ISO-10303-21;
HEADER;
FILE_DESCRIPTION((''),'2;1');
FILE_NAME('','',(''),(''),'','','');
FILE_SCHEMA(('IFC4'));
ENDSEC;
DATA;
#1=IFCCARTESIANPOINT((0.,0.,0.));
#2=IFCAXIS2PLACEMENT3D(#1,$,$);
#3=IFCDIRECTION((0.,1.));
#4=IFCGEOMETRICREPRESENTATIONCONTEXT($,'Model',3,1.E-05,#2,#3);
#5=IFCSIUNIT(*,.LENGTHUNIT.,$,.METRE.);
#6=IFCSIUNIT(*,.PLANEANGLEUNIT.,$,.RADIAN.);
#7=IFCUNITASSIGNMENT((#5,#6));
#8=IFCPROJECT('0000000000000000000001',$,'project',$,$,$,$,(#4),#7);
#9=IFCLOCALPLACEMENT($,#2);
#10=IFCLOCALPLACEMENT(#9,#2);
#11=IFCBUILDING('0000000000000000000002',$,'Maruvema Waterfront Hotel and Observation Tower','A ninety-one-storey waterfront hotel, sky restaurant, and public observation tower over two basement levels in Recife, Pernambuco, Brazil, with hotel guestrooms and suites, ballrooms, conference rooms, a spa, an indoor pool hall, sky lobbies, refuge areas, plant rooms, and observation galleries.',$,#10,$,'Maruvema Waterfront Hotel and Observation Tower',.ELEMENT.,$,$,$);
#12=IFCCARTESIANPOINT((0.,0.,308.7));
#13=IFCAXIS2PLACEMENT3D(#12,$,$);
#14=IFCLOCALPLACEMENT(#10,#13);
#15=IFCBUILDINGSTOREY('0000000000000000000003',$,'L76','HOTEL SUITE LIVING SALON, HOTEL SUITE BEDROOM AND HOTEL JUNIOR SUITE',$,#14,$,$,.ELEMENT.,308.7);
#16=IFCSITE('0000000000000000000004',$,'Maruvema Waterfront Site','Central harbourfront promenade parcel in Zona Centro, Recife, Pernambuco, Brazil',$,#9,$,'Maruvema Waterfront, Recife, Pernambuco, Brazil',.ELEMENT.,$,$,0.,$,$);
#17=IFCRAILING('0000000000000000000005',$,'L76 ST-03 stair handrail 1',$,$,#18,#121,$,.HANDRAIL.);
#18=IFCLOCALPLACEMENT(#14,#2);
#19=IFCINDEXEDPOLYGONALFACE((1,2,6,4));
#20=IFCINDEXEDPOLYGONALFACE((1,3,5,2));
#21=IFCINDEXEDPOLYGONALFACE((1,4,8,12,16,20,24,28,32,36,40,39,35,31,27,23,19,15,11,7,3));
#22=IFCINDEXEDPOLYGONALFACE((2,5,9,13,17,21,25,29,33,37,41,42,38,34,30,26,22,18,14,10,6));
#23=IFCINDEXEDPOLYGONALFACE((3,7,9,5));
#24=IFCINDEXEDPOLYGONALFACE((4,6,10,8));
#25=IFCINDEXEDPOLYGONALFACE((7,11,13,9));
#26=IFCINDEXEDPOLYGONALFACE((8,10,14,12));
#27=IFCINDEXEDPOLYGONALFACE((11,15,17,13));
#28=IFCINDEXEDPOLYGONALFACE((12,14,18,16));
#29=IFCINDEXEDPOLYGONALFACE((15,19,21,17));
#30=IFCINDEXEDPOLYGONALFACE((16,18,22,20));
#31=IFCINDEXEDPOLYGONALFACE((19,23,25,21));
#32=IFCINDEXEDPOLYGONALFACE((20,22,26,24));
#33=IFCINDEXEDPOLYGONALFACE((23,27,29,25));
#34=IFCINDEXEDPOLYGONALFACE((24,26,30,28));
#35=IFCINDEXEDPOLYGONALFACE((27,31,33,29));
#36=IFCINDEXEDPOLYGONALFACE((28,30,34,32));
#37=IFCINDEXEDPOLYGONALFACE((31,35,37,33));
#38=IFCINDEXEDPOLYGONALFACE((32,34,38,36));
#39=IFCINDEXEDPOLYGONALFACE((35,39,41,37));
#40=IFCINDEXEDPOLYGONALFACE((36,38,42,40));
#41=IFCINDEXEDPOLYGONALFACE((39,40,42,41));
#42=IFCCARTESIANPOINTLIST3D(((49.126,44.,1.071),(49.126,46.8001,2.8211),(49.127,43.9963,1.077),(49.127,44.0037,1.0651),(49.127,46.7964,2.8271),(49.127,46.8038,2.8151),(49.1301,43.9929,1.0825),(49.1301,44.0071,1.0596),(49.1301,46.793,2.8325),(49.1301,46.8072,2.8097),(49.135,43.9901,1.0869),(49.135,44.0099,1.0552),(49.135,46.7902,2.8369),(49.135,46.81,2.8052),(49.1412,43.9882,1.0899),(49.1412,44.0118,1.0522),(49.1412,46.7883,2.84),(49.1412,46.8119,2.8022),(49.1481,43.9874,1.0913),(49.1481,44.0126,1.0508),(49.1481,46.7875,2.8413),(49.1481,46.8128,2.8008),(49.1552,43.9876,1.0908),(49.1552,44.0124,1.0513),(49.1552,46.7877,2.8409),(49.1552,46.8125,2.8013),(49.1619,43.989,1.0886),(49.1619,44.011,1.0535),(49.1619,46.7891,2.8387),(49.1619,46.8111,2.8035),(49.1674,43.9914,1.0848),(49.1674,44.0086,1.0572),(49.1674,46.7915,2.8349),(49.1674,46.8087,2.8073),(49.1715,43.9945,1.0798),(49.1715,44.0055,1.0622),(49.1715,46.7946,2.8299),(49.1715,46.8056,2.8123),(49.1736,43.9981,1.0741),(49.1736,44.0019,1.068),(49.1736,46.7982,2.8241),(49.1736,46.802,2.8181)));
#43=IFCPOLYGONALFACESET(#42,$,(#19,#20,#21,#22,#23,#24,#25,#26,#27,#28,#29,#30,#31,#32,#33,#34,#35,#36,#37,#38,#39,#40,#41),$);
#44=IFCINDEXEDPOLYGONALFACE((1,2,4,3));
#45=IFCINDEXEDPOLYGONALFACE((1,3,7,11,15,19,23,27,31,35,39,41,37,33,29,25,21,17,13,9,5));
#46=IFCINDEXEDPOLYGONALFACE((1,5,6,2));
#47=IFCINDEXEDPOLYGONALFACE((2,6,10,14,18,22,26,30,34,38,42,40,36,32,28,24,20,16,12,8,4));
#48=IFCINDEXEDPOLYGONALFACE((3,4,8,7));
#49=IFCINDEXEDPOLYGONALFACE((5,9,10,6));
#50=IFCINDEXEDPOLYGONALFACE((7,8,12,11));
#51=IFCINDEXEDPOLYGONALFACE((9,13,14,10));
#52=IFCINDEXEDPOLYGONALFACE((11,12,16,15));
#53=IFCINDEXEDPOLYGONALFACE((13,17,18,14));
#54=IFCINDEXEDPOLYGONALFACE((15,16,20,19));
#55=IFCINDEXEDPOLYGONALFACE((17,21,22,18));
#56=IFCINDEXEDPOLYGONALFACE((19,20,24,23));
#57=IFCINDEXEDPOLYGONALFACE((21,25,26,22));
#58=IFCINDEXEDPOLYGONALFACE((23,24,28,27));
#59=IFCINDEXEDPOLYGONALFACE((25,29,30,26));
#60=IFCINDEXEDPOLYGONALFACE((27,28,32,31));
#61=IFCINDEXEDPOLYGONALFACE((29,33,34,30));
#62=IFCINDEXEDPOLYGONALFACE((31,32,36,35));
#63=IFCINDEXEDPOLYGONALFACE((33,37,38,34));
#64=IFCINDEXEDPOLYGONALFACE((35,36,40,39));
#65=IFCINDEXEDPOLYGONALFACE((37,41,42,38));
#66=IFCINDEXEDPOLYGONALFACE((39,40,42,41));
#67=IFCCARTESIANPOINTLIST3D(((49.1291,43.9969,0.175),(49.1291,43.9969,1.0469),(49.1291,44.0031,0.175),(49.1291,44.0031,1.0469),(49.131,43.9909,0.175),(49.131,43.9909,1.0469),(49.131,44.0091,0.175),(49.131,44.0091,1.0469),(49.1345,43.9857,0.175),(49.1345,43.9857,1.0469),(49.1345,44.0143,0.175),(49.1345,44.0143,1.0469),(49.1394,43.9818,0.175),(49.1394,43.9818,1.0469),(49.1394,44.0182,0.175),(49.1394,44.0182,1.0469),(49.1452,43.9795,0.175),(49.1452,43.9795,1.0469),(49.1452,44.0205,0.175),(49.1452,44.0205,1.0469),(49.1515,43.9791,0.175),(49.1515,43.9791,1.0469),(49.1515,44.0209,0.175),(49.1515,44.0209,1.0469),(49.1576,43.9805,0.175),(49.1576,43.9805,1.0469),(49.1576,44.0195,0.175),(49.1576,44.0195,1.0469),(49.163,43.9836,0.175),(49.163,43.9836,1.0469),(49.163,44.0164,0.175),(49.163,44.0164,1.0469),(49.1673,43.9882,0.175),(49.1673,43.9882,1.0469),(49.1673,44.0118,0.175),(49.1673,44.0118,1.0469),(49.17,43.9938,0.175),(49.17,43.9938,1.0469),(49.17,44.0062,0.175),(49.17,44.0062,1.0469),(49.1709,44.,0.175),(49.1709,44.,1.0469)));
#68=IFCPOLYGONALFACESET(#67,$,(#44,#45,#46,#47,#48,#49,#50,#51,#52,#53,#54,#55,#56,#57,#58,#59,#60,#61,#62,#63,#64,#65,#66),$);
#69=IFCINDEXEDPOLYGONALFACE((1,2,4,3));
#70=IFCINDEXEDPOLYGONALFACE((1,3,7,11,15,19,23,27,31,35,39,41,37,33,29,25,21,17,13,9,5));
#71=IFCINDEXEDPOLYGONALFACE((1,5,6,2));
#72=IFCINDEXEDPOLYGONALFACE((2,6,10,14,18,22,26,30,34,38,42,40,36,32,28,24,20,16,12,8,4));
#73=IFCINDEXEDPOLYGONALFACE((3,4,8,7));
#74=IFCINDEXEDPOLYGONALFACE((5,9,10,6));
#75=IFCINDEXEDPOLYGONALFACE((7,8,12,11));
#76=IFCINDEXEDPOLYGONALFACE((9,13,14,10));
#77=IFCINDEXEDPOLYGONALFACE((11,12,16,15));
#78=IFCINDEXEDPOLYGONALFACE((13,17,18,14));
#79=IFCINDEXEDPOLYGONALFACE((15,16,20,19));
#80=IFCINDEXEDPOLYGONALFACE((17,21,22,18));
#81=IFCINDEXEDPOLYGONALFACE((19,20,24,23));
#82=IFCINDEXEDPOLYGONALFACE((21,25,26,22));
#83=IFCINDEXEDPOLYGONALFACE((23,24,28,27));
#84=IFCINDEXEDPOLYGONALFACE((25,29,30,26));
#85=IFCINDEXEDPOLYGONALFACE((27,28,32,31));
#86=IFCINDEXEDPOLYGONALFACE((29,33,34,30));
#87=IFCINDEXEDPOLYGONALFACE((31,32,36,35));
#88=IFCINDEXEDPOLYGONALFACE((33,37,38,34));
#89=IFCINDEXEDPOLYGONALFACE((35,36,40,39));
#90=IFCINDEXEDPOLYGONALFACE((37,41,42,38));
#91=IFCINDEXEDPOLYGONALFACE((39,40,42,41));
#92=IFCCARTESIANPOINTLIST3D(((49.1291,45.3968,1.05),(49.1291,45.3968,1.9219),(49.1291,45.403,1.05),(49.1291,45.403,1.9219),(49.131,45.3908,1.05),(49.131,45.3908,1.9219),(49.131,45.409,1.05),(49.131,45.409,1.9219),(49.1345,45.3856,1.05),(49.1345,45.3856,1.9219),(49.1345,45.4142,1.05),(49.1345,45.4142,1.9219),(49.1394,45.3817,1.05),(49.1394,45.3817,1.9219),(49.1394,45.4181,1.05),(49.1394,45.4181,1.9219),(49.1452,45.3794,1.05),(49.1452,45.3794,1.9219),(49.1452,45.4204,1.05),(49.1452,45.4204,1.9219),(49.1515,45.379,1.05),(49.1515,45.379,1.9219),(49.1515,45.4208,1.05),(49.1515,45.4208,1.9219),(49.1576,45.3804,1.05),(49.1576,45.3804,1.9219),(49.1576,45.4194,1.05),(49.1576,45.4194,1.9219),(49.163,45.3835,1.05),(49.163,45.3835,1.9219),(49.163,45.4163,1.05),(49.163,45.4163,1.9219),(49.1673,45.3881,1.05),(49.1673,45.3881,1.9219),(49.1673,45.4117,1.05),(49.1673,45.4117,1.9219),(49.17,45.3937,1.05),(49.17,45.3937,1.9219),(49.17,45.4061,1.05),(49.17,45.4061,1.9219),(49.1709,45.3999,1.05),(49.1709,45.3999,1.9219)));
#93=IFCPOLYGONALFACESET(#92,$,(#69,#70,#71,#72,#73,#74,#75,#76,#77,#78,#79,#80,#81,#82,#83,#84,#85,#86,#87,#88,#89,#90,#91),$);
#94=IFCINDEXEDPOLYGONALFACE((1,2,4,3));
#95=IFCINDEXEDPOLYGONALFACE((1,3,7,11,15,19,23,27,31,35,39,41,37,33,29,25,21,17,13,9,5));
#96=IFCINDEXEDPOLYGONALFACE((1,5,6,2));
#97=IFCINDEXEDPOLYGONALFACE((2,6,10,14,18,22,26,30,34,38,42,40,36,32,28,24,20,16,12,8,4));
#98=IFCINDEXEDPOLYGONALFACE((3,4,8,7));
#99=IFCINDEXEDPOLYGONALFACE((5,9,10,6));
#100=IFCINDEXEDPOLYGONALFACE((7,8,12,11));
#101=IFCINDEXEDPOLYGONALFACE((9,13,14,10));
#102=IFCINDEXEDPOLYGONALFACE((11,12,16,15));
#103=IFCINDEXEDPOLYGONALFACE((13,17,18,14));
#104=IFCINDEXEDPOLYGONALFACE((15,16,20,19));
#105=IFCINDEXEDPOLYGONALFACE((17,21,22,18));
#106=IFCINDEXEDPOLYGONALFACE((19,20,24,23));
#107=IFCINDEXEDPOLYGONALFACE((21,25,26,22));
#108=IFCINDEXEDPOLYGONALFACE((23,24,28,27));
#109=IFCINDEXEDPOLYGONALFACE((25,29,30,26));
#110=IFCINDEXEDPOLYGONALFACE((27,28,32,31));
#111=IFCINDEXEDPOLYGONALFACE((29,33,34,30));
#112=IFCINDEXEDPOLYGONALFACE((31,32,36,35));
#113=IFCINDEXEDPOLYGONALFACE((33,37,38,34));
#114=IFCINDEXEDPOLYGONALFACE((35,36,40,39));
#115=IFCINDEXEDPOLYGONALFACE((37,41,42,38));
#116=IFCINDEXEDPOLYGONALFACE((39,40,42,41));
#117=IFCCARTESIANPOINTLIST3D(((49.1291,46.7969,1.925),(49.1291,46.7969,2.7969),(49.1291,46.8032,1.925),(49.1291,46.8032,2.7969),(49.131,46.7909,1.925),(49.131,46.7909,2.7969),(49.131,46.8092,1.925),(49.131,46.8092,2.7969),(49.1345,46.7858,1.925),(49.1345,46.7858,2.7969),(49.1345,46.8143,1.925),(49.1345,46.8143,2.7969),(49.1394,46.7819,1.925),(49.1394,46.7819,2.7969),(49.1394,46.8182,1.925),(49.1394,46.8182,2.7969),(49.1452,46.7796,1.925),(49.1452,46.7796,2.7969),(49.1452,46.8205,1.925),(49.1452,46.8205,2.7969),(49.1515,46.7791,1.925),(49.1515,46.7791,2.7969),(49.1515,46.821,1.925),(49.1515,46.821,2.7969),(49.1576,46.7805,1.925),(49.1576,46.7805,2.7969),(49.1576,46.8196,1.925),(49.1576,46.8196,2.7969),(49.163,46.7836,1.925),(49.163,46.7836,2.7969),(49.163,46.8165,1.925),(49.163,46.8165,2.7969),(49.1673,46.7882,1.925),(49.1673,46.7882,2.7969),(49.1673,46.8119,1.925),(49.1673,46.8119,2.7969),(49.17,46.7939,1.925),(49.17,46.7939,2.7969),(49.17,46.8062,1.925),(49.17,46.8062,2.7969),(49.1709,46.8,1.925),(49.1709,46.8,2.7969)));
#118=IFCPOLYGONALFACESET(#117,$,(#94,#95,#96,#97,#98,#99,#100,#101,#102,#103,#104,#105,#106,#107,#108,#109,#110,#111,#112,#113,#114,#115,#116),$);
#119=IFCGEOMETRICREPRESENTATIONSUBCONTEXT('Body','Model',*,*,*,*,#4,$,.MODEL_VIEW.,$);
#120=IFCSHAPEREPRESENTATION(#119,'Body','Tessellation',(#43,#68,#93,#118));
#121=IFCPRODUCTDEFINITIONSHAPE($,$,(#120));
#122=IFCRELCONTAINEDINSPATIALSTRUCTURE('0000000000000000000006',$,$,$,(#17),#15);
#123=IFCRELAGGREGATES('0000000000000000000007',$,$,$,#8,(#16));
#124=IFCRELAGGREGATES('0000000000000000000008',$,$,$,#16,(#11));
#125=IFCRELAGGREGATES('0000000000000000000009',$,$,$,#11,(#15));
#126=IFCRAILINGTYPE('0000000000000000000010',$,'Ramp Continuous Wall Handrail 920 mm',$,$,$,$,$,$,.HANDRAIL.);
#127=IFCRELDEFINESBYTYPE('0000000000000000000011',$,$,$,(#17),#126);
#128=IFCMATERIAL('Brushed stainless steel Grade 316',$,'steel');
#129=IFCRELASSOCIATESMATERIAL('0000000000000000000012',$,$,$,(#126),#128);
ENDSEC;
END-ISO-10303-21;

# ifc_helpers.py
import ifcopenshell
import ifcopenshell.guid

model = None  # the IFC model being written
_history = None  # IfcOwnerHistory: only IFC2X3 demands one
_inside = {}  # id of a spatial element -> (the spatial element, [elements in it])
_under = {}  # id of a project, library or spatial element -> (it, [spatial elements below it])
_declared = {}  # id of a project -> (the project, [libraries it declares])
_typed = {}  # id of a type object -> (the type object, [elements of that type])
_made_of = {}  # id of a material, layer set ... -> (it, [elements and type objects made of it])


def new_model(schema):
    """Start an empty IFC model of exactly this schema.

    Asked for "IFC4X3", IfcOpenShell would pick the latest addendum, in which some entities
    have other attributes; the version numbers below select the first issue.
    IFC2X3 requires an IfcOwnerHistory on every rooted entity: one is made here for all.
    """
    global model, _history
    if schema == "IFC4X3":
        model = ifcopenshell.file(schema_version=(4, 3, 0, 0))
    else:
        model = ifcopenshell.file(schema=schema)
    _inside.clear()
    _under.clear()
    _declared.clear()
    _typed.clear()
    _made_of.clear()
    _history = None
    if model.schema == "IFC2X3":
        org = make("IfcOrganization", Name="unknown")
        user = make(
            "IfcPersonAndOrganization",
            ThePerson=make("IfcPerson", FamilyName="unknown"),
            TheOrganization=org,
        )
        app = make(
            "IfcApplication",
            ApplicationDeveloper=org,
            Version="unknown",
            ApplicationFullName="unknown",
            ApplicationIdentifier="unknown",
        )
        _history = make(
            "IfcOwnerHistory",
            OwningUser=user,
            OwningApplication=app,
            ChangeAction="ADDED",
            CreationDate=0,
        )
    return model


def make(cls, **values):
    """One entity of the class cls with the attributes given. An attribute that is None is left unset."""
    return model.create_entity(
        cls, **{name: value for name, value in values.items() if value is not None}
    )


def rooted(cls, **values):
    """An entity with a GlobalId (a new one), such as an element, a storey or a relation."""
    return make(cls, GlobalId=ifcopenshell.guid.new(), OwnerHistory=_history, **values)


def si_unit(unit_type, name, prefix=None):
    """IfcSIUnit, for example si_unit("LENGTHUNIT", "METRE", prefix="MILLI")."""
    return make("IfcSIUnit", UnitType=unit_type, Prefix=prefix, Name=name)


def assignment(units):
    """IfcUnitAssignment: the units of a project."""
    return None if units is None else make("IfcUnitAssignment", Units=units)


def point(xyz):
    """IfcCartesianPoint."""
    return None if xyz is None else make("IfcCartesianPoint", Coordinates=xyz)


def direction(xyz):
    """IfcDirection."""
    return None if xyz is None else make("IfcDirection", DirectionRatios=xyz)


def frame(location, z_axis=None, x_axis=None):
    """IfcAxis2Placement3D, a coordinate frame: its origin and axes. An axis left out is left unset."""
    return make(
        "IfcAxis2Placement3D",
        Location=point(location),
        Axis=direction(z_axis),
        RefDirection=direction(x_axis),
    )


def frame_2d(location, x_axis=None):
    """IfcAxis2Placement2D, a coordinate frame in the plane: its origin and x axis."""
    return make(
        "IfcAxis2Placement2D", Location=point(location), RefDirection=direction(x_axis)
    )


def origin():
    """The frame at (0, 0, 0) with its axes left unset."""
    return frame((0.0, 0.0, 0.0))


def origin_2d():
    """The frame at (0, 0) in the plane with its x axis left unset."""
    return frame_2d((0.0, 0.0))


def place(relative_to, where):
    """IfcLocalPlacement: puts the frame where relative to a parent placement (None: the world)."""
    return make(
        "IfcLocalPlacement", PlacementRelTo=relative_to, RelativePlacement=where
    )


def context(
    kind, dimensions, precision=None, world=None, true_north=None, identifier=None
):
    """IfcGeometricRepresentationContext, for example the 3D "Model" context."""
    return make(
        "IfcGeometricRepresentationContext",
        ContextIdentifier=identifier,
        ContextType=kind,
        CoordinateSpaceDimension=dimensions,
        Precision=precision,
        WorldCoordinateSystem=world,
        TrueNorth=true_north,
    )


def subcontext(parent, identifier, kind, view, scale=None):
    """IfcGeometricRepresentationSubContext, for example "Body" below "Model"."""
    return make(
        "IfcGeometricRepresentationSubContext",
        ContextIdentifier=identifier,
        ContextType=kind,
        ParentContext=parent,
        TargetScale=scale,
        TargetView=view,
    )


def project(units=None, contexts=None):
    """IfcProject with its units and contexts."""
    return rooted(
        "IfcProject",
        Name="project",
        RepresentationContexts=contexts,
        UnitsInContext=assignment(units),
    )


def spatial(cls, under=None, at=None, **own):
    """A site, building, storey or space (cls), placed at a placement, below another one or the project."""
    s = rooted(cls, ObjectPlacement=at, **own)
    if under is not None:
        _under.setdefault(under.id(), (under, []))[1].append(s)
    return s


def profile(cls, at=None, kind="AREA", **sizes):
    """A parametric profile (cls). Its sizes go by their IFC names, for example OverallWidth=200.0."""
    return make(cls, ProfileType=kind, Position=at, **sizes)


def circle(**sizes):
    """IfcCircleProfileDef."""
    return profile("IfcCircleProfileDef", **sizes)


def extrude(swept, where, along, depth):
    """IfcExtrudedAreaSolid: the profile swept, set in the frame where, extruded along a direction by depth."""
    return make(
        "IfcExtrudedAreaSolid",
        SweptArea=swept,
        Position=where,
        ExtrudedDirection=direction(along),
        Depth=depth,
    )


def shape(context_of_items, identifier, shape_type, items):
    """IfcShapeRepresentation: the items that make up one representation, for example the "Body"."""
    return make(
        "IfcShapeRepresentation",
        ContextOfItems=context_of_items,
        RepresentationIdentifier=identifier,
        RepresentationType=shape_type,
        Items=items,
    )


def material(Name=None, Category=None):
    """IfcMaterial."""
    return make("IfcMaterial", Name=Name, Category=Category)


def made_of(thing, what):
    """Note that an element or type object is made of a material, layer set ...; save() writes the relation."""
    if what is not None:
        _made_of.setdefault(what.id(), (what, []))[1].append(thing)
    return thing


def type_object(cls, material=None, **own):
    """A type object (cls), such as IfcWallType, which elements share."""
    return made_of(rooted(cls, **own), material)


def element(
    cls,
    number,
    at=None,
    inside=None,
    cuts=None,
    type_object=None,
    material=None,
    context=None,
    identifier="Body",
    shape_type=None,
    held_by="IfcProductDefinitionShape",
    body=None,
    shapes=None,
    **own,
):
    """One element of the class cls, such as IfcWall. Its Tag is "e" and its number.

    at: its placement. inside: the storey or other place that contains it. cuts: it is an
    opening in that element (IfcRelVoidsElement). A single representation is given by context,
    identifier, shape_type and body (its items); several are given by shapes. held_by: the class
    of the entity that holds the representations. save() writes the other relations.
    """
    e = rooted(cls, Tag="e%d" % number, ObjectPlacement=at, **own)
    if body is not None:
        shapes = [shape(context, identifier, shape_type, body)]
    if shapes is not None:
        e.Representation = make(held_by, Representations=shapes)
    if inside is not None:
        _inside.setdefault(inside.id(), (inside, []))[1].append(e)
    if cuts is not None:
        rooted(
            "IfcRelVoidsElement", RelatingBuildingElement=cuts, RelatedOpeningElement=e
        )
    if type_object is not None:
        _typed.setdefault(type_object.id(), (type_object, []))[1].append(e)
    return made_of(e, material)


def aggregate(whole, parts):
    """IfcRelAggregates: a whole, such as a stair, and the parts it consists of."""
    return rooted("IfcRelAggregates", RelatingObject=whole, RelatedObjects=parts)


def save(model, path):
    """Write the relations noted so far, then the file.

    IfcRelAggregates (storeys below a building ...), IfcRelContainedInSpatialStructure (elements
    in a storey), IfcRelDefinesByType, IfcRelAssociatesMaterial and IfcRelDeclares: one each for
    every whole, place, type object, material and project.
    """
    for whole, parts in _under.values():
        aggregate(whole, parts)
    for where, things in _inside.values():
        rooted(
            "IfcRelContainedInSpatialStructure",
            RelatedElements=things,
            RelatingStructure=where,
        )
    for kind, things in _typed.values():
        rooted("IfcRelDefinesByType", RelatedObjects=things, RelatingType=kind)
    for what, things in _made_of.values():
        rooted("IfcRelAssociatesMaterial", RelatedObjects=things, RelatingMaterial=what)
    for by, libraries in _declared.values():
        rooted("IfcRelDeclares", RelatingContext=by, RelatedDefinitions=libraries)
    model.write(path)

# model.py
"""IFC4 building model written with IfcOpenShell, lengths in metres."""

from ifc_helpers import new_model, si_unit, direction, frame, origin, origin_2d, place, context, subcontext, project, spatial, circle, extrude, material, type_object, element, save


model = new_model("IFC4")

# Units and contexts
model_context = context("Model", 3, precision=1e-05, world=origin(), true_north=direction((0.0, 1.0)))
body_context = subcontext(model_context, "Body", "Model", "MODEL_VIEW")
ifc_project = project(units=[si_unit("LENGTHUNIT", "METRE"), si_unit("PLANEANGLEUNIT", "RADIAN")], contexts=[model_context])

# Site, building, storey
site_placement = place(None, origin())
site = spatial("IfcSite", under=ifc_project, at=site_placement, Name="Maruvema Waterfront Site", Description="Central harbourfront promenade parcel in Zona Centro, Recife, Pernambuco, Brazil", LongName="Maruvema Waterfront, Recife, Pernambuco, Brazil", CompositionType="ELEMENT", RefElevation=0.0)
building_placement = place(site_placement, origin())
building = spatial("IfcBuilding", under=site, at=building_placement, Name="Maruvema Waterfront Hotel and Observation Tower", Description="A ninety-one-storey waterfront hotel, sky restaurant, and public observation tower over two basement levels in Recife, Pernambuco, Brazil, with hotel guestrooms and suites, ballrooms, conference rooms, a spa, an indoor pool hall, sky lobbies, refuge areas, plant rooms, and observation galleries.", LongName="Maruvema Waterfront Hotel and Observation Tower", CompositionType="ELEMENT")
storey_placement = place(building_placement, frame((0.0, 0.0, 308.7)))
storey = spatial("IfcBuildingStorey", under=building, at=storey_placement, Name="L76", Description="HOTEL SUITE LIVING SALON, HOTEL SUITE BEDROOM AND HOTEL JUNIOR SUITE", CompositionType="ELEMENT", Elevation=308.7)

# Railing
ifc_material_1 = material(Name="Brushed stainless steel Grade 316", Category="steel")
railing_type_1 = type_object("IfcRailingType", Name="Ramp Continuous Wall Handrail 920 mm", PredefinedType="HANDRAIL", material=ifc_material_1)
railing_1_placement = place(storey_placement, frame((49.1499, 44.0, 0.175)))
element("IfcRailing", 1, at=railing_1_placement, inside=storey, type_object=railing_type_1, Name="L76 ST-03 stair handrail 1", PredefinedType="HANDRAIL", context=body_context, shape_type="SweptSolid", body=[
    extrude(circle(Radius=0.0239, at=origin_2d()), frame((0.0, 0.0, 0.896), z_axis=(0.0, 0.848002, 0.529992), x_axis=(-1.0, 0.0, 0.0)), (0.0, 0.0, 1.0), 3.302),
    extrude(circle(Radius=0.021, at=origin_2d()), origin(), (0.0, 0.0, 1.0), 0.8718),
    extrude(circle(Radius=0.021, at=origin_2d()), frame((0.0, 1.3999, 0.875)), (0.0, 0.0, 1.0), 0.8718),
    extrude(circle(Radius=0.021, at=origin_2d()), frame((0.0, 2.8, 1.75)), (0.0, 0.0, 1.0), 0.8718),
])

save(model, "model.ifc")
